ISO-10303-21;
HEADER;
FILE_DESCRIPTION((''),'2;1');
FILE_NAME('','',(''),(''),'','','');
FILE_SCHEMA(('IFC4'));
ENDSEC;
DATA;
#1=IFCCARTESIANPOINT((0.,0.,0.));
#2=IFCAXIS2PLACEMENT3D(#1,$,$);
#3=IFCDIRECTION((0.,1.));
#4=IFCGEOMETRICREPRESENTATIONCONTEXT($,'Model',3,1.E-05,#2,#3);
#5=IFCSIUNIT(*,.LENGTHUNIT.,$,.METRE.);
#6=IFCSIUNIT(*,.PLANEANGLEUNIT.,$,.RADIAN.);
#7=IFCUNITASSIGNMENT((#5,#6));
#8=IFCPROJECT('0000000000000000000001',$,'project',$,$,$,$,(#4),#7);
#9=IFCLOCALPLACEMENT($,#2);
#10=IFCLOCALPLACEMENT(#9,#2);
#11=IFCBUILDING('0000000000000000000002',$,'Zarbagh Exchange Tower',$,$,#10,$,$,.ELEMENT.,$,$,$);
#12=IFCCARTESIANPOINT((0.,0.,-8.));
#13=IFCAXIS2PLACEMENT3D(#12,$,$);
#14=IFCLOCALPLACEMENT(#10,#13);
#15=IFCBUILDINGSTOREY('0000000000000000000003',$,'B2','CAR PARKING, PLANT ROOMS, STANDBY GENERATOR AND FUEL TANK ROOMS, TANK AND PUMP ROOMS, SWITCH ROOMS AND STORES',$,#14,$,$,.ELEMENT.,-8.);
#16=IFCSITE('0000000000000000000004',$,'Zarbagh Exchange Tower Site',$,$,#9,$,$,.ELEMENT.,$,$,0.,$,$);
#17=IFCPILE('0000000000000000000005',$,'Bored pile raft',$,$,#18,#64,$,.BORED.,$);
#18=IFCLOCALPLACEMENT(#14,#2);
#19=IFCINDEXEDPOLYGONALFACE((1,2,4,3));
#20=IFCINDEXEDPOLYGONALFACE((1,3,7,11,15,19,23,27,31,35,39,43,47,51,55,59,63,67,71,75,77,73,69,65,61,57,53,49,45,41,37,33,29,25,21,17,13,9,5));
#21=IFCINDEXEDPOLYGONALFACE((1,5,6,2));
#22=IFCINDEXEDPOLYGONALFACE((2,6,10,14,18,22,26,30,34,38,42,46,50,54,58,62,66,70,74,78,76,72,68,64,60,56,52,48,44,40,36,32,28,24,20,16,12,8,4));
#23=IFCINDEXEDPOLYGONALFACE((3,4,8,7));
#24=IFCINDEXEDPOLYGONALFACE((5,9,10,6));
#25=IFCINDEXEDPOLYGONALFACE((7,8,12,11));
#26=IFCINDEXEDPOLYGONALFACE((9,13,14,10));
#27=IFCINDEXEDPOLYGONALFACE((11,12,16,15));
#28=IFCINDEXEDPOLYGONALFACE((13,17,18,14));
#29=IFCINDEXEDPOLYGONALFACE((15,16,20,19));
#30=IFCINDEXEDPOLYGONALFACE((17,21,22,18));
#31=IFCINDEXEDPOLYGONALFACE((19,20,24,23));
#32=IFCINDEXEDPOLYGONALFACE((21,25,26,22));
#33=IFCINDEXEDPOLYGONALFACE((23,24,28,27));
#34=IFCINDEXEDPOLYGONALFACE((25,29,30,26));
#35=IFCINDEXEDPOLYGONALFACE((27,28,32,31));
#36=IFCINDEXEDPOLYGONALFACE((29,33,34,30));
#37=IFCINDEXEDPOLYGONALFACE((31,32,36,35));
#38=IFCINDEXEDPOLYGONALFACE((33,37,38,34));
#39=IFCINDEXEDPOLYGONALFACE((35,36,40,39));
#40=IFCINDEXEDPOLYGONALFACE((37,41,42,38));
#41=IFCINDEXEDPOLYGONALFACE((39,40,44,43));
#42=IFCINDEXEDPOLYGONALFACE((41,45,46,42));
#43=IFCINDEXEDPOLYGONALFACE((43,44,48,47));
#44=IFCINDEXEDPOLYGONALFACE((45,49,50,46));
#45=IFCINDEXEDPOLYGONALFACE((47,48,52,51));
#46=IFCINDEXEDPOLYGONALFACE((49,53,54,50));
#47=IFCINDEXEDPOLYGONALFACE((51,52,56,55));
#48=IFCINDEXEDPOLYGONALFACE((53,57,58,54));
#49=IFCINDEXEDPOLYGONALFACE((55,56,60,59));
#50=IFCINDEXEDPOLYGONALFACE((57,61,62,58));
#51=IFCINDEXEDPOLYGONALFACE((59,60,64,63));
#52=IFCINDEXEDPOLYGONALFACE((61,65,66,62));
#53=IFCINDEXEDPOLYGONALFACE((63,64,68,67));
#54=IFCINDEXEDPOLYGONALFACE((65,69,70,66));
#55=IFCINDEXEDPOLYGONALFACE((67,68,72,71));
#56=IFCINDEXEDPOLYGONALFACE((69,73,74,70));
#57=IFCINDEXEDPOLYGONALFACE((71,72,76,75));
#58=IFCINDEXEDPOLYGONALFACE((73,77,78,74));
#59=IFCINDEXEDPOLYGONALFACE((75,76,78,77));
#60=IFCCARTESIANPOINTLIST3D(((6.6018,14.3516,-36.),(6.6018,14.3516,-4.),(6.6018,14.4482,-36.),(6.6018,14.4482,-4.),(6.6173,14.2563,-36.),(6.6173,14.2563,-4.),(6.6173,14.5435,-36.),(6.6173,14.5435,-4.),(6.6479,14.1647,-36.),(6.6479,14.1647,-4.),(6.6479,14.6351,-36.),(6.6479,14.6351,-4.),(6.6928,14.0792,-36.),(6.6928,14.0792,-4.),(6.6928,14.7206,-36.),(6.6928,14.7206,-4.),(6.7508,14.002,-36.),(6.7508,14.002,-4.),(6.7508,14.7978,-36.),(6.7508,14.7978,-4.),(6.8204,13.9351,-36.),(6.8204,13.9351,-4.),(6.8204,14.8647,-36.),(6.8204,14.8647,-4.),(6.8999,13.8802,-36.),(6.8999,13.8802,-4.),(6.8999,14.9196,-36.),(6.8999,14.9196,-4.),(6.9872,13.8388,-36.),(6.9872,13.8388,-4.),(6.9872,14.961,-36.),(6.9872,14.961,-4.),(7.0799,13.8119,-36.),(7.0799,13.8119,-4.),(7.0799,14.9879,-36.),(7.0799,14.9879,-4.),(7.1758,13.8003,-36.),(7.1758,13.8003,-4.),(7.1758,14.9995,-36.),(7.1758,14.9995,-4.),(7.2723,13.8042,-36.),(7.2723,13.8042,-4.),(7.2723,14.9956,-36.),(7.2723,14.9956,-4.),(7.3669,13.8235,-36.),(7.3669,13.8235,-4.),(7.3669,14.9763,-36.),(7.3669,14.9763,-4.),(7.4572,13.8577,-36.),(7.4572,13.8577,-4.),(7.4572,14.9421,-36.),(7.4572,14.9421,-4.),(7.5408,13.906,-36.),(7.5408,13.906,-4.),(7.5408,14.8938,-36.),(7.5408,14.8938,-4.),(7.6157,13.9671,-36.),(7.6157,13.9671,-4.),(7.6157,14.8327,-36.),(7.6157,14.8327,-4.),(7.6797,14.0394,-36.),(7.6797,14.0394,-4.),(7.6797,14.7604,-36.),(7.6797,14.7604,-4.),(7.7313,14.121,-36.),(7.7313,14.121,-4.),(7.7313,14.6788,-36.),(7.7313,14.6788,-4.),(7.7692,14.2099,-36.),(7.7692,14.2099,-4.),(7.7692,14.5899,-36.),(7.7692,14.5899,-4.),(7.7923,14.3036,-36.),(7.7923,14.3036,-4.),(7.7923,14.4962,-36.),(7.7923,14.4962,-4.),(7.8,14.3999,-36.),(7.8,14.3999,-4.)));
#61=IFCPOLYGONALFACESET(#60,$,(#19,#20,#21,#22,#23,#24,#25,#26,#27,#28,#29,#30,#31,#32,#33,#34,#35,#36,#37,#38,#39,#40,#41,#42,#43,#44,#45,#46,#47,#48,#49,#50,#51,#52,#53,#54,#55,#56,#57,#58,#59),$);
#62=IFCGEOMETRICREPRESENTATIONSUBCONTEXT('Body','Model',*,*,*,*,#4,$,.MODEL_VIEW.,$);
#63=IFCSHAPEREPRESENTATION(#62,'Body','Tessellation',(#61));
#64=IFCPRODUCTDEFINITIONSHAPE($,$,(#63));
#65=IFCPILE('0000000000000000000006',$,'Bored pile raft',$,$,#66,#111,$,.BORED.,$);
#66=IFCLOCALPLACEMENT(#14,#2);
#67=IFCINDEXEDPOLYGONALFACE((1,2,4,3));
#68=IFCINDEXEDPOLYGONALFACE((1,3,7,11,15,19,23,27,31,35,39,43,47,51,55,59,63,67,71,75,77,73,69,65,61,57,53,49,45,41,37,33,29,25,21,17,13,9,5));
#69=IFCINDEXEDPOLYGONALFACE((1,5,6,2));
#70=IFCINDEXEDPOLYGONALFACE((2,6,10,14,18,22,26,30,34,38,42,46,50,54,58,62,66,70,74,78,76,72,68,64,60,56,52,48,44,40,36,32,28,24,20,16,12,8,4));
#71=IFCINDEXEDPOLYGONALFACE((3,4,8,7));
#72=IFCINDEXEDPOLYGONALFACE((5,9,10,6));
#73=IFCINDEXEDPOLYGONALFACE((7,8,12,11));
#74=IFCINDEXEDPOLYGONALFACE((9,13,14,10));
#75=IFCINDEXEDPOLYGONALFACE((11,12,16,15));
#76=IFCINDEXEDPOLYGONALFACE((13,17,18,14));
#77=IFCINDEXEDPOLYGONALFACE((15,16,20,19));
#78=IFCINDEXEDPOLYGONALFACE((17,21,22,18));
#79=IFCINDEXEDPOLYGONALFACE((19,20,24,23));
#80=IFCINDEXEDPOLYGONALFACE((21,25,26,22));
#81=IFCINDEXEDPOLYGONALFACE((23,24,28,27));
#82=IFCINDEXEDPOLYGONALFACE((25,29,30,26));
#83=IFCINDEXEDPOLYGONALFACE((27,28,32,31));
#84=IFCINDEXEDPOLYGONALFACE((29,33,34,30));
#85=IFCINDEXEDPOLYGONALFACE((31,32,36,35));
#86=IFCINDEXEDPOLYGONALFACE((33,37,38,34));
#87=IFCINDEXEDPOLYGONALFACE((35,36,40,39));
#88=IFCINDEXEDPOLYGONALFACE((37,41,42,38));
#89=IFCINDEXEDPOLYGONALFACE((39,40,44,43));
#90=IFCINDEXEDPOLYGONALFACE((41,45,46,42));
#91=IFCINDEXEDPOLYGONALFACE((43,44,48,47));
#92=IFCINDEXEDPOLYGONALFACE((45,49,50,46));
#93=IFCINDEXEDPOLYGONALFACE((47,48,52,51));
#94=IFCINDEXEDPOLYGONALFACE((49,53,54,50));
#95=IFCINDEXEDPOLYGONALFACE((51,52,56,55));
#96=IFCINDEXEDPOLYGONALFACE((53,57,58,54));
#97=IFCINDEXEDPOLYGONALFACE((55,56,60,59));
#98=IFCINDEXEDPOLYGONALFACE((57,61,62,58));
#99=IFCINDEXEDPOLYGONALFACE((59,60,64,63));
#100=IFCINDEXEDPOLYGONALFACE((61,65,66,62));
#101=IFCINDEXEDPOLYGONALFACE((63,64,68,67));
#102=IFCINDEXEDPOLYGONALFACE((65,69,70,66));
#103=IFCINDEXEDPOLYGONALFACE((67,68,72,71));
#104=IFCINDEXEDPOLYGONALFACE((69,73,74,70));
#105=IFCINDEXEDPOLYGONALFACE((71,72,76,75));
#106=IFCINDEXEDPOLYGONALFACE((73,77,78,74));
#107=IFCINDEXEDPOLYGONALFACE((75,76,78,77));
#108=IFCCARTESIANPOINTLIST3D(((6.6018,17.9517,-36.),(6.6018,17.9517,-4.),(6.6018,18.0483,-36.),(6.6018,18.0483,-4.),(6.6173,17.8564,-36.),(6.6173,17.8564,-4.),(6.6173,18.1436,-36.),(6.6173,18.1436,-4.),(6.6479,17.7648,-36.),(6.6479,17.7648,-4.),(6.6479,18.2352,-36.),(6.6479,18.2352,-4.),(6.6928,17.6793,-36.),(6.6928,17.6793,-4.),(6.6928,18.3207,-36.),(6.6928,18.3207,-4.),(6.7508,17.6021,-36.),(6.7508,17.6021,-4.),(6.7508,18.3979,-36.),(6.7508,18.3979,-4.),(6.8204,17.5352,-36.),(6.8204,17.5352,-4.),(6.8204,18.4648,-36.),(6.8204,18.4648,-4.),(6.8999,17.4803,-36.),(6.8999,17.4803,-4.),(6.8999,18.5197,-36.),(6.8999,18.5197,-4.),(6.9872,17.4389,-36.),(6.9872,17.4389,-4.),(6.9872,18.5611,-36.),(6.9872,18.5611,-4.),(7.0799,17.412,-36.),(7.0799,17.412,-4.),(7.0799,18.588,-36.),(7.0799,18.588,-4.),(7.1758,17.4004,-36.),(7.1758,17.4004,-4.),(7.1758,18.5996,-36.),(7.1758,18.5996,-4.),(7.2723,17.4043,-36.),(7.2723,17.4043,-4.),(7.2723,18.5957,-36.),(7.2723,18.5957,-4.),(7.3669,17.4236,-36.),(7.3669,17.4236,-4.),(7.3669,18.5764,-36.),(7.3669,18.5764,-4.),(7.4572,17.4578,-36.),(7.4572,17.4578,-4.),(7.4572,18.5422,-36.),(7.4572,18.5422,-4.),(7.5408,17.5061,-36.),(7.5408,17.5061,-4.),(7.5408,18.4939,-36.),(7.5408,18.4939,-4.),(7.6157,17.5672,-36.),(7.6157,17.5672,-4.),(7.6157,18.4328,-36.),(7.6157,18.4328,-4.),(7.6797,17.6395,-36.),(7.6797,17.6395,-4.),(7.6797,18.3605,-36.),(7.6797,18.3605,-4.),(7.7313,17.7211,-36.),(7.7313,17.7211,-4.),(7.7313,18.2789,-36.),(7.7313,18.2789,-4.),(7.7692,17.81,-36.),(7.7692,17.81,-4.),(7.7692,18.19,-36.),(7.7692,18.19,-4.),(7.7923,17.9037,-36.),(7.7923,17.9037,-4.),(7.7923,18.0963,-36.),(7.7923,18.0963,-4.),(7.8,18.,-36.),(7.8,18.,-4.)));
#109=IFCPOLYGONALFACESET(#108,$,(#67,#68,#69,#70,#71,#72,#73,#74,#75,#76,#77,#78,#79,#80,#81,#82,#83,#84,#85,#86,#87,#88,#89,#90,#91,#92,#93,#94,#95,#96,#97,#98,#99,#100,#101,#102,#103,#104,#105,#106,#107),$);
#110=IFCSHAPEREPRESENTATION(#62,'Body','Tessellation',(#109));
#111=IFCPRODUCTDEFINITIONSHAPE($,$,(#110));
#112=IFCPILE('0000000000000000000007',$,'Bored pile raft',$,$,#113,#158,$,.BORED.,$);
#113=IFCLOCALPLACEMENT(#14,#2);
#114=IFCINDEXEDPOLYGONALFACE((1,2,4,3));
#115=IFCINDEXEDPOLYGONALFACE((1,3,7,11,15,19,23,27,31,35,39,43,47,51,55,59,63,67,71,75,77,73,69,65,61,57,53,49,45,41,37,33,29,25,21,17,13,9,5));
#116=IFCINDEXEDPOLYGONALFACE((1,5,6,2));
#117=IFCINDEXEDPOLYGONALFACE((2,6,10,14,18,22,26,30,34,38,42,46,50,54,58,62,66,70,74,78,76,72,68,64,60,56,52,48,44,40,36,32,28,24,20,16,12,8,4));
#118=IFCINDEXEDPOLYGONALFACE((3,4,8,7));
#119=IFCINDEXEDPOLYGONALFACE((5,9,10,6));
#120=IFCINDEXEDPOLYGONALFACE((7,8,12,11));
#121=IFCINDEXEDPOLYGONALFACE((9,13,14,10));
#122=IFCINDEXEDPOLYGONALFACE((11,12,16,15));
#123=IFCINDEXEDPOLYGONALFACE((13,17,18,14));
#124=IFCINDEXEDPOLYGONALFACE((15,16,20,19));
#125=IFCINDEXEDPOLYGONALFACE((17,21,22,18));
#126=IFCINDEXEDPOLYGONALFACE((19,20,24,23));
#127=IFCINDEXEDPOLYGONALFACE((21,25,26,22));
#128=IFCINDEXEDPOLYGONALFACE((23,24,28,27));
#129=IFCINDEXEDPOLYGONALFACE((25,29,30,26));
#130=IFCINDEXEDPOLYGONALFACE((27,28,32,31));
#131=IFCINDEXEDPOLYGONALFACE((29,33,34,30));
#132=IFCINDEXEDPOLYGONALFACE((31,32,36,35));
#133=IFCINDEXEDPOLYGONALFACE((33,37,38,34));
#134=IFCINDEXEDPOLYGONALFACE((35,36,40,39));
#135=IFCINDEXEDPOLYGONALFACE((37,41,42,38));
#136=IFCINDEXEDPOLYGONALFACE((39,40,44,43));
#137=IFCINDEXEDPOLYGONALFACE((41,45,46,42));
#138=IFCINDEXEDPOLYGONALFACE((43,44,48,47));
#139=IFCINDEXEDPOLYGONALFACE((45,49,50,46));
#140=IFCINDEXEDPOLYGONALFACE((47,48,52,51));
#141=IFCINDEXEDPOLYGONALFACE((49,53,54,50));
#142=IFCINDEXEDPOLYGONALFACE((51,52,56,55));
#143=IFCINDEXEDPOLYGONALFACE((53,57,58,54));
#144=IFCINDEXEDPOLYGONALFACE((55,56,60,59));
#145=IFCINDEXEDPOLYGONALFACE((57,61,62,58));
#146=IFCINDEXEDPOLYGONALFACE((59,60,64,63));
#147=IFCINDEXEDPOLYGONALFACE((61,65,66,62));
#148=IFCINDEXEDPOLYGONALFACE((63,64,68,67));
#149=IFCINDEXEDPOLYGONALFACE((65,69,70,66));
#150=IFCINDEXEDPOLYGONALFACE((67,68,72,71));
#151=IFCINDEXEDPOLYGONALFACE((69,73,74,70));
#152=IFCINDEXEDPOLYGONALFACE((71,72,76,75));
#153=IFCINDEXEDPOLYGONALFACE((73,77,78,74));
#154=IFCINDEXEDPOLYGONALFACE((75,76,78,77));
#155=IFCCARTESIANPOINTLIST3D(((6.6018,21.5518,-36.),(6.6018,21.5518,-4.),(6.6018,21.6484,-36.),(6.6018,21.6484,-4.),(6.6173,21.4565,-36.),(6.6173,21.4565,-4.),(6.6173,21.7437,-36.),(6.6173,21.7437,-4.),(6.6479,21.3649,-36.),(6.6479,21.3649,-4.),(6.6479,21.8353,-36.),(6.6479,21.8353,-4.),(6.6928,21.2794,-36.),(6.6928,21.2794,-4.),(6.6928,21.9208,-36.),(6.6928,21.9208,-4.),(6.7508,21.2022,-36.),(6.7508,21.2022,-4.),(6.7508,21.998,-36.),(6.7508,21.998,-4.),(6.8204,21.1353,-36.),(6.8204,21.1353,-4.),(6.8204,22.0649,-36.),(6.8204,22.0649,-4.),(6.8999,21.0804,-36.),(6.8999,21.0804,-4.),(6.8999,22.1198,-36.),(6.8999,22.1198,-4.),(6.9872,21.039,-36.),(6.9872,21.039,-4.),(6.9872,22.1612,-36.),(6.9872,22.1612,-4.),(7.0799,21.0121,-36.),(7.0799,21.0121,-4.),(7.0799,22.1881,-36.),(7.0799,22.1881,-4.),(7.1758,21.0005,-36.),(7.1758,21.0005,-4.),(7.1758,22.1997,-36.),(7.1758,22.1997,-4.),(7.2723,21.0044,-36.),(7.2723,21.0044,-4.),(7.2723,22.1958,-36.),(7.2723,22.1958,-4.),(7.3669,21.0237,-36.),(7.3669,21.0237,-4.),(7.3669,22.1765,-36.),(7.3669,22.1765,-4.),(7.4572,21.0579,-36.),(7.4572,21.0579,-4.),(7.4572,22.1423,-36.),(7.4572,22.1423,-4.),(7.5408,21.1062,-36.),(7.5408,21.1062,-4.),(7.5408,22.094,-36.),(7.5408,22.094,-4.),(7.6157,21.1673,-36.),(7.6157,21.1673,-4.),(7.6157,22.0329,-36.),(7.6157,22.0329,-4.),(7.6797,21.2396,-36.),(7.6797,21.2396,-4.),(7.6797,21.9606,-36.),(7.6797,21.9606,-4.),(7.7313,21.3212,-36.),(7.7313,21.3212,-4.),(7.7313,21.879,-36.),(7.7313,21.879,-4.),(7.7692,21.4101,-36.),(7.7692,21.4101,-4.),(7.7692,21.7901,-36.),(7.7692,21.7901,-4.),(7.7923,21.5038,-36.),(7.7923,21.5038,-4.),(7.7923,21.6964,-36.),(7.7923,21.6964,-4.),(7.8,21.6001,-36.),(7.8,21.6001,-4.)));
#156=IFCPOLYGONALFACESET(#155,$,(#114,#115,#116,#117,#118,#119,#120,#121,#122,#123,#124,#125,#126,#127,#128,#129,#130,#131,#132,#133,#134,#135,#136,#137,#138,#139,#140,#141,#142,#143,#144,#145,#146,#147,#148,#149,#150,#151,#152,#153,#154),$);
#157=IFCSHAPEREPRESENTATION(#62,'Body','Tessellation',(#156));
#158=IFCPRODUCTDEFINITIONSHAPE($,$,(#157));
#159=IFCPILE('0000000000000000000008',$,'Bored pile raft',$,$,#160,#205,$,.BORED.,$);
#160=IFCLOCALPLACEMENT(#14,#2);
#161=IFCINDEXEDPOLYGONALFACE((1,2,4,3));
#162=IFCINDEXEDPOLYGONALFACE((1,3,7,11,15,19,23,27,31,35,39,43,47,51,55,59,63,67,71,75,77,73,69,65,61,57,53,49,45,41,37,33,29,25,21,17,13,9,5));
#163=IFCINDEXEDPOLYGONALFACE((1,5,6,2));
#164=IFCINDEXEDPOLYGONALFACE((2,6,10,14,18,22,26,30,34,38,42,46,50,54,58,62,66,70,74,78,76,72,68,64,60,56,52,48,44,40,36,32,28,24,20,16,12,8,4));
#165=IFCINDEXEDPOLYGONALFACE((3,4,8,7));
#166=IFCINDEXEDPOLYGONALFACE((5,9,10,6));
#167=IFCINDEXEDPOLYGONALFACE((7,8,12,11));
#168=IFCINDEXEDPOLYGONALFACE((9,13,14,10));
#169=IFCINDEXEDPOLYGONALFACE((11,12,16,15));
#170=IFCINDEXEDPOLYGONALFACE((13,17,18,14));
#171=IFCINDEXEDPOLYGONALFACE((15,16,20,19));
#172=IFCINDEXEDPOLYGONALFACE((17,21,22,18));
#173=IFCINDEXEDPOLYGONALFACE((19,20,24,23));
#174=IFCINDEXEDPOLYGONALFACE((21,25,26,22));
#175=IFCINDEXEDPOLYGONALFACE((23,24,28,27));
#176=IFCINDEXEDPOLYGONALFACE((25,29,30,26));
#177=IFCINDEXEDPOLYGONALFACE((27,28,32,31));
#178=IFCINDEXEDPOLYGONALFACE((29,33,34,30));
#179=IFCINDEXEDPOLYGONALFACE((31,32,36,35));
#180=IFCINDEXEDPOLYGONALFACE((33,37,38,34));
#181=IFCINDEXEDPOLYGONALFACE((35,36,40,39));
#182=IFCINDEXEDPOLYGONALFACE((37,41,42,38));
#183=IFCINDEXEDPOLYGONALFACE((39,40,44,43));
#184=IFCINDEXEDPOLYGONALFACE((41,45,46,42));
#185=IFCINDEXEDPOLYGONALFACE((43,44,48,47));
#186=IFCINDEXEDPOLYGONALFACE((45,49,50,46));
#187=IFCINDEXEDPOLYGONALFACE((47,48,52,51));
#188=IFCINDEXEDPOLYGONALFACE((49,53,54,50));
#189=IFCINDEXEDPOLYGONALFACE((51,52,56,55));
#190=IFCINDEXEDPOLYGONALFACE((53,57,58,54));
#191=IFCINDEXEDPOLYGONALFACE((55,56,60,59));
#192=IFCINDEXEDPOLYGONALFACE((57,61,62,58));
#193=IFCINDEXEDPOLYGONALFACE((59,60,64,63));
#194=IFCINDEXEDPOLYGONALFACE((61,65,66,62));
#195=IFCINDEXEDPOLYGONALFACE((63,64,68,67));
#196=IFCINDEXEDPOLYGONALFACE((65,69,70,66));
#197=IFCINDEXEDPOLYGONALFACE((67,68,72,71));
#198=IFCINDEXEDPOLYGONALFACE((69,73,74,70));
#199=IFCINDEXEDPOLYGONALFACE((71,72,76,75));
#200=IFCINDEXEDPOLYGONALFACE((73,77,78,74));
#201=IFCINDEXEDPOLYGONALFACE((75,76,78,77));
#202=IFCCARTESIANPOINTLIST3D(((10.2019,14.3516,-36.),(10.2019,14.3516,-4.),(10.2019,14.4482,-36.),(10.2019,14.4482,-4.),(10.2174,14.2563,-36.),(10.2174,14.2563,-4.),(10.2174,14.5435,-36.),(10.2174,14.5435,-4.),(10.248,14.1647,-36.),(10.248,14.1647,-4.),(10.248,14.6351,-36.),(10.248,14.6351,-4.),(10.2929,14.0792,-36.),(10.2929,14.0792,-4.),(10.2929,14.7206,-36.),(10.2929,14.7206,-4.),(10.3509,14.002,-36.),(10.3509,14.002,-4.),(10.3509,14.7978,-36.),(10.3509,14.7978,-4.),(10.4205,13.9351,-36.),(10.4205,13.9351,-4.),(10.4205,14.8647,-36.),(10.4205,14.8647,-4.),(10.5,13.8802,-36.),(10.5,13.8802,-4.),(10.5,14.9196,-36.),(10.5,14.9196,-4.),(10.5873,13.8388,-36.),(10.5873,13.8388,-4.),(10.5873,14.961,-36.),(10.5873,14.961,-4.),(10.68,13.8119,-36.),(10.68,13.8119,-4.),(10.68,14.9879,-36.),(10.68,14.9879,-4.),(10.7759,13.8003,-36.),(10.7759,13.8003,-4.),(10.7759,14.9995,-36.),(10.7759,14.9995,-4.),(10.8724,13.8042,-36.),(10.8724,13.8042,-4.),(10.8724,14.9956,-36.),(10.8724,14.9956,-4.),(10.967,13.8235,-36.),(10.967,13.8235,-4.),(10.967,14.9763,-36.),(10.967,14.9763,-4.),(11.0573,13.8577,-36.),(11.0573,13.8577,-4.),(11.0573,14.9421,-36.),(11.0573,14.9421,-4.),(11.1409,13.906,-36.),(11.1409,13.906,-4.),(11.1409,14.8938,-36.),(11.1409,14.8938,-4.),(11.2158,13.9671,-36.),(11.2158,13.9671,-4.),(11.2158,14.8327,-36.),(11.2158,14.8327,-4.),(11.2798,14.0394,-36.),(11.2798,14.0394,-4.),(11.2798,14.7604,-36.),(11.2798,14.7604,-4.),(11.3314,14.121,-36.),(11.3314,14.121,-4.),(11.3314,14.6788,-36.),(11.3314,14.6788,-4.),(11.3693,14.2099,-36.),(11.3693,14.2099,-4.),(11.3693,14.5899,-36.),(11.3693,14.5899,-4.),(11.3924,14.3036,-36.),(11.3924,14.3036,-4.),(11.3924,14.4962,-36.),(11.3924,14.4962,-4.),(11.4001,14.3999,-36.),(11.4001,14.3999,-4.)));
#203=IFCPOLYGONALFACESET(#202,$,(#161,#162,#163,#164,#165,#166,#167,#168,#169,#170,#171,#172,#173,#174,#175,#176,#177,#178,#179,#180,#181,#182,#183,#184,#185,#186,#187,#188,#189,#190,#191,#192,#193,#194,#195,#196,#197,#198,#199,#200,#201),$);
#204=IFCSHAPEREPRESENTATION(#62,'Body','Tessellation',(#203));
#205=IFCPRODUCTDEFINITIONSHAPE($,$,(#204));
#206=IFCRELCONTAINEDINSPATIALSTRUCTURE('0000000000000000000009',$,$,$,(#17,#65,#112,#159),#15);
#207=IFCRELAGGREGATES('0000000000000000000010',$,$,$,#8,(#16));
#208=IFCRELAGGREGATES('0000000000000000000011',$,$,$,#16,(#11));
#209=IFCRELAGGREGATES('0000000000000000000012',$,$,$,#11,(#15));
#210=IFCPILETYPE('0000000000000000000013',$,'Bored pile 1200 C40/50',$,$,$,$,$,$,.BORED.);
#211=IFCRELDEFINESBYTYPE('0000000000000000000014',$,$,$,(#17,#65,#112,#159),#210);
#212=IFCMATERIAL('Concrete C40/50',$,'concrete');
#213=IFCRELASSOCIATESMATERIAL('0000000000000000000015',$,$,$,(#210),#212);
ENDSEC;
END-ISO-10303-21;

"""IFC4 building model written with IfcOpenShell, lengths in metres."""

from ifc_helpers import new_model, si_unit, direction, frame, origin, origin_2d, place, context, subcontext, project, spatial, circle, extrude, material, material_profile, profile_set, type_object, element, save


model = new_model("IFC4")

# Units and contexts
model_context = context("Model", 3, precision=1e-05, world=origin(), true_north=direction((0.0, 1.0)))
body_context = subcontext(model_context, "Body", "Model", "MODEL_VIEW")
ifc_project = project(units=[si_unit("LENGTHUNIT", "METRE"), si_unit("PLANEANGLEUNIT", "RADIAN")], contexts=[model_context])

# Site, building, storey
site_placement = place(None, origin())
site = spatial("IfcSite", under=ifc_project, at=site_placement, Name="Zarbagh Exchange Tower Site", CompositionType="ELEMENT", RefElevation=0.0)
building_placement = place(site_placement, origin())
building = spatial("IfcBuilding", under=site, at=building_placement, Name="Zarbagh Exchange Tower", CompositionType="ELEMENT")
storey_placement = place(building_placement, frame((0.0, 0.0, -8.0)))
storey = spatial("IfcBuildingStorey", under=building, at=storey_placement, Name="B2", Description="CAR PARKING, PLANT ROOMS, STANDBY GENERATOR AND FUEL TANK ROOMS, TANK AND PUMP ROOMS, SWITCH ROOMS AND STORES", CompositionType="ELEMENT", Elevation=-8.0)

# Piles
ifc_material_1 = material(Name="Concrete C40/50", Category="concrete")
ifc_material_profile_1 = material_profile(ifc_material_1, circle(Radius=0.6001, at=origin_2d()), Name="Bored pile 1200 C40/50")
ifc_profile_set_1 = profile_set([ifc_material_profile_1], Name="Concrete C40/50")
pile_type = type_object("IfcPileType", Name="Bored pile 1200 C40/50", PredefinedType="BORED", material=ifc_profile_set_1)
for number, where, z_axis, x_axis, name in (
    (1, (7.2, 14.3999, -4.0), (0.0, 0.0, -1.0), (1.0, 0.0, 0.0), "Bored pile raft"),
    (2, (7.2, 18.0, -4.0), (0.0, 0.0, -1.0), (1.0, 0.0, 0.0), "Bored pile raft"),
    (3, (7.2, 21.6001, -4.0), (0.0, 0.0, -1.0), (1.0, 0.0, 0.0), "Bored pile raft"),
    (4, (10.8, 14.3999, -4.0), (0.0, 0.0, -1.0), (1.0, 0.0, 0.0), "Bored pile raft"),
):
    element("IfcPile", number, at=place(storey_placement, frame(where, z_axis=z_axis, x_axis=x_axis)), inside=storey, type_object=pile_type, Name=name, PredefinedType="BORED", context=body_context, shape_type="SweptSolid", body=[
        extrude(circle(Radius=0.6001, at=origin_2d()), origin(), (0.0, 0.0, 1.0), 32.0),
    ])

save(model, "model.ifc")
